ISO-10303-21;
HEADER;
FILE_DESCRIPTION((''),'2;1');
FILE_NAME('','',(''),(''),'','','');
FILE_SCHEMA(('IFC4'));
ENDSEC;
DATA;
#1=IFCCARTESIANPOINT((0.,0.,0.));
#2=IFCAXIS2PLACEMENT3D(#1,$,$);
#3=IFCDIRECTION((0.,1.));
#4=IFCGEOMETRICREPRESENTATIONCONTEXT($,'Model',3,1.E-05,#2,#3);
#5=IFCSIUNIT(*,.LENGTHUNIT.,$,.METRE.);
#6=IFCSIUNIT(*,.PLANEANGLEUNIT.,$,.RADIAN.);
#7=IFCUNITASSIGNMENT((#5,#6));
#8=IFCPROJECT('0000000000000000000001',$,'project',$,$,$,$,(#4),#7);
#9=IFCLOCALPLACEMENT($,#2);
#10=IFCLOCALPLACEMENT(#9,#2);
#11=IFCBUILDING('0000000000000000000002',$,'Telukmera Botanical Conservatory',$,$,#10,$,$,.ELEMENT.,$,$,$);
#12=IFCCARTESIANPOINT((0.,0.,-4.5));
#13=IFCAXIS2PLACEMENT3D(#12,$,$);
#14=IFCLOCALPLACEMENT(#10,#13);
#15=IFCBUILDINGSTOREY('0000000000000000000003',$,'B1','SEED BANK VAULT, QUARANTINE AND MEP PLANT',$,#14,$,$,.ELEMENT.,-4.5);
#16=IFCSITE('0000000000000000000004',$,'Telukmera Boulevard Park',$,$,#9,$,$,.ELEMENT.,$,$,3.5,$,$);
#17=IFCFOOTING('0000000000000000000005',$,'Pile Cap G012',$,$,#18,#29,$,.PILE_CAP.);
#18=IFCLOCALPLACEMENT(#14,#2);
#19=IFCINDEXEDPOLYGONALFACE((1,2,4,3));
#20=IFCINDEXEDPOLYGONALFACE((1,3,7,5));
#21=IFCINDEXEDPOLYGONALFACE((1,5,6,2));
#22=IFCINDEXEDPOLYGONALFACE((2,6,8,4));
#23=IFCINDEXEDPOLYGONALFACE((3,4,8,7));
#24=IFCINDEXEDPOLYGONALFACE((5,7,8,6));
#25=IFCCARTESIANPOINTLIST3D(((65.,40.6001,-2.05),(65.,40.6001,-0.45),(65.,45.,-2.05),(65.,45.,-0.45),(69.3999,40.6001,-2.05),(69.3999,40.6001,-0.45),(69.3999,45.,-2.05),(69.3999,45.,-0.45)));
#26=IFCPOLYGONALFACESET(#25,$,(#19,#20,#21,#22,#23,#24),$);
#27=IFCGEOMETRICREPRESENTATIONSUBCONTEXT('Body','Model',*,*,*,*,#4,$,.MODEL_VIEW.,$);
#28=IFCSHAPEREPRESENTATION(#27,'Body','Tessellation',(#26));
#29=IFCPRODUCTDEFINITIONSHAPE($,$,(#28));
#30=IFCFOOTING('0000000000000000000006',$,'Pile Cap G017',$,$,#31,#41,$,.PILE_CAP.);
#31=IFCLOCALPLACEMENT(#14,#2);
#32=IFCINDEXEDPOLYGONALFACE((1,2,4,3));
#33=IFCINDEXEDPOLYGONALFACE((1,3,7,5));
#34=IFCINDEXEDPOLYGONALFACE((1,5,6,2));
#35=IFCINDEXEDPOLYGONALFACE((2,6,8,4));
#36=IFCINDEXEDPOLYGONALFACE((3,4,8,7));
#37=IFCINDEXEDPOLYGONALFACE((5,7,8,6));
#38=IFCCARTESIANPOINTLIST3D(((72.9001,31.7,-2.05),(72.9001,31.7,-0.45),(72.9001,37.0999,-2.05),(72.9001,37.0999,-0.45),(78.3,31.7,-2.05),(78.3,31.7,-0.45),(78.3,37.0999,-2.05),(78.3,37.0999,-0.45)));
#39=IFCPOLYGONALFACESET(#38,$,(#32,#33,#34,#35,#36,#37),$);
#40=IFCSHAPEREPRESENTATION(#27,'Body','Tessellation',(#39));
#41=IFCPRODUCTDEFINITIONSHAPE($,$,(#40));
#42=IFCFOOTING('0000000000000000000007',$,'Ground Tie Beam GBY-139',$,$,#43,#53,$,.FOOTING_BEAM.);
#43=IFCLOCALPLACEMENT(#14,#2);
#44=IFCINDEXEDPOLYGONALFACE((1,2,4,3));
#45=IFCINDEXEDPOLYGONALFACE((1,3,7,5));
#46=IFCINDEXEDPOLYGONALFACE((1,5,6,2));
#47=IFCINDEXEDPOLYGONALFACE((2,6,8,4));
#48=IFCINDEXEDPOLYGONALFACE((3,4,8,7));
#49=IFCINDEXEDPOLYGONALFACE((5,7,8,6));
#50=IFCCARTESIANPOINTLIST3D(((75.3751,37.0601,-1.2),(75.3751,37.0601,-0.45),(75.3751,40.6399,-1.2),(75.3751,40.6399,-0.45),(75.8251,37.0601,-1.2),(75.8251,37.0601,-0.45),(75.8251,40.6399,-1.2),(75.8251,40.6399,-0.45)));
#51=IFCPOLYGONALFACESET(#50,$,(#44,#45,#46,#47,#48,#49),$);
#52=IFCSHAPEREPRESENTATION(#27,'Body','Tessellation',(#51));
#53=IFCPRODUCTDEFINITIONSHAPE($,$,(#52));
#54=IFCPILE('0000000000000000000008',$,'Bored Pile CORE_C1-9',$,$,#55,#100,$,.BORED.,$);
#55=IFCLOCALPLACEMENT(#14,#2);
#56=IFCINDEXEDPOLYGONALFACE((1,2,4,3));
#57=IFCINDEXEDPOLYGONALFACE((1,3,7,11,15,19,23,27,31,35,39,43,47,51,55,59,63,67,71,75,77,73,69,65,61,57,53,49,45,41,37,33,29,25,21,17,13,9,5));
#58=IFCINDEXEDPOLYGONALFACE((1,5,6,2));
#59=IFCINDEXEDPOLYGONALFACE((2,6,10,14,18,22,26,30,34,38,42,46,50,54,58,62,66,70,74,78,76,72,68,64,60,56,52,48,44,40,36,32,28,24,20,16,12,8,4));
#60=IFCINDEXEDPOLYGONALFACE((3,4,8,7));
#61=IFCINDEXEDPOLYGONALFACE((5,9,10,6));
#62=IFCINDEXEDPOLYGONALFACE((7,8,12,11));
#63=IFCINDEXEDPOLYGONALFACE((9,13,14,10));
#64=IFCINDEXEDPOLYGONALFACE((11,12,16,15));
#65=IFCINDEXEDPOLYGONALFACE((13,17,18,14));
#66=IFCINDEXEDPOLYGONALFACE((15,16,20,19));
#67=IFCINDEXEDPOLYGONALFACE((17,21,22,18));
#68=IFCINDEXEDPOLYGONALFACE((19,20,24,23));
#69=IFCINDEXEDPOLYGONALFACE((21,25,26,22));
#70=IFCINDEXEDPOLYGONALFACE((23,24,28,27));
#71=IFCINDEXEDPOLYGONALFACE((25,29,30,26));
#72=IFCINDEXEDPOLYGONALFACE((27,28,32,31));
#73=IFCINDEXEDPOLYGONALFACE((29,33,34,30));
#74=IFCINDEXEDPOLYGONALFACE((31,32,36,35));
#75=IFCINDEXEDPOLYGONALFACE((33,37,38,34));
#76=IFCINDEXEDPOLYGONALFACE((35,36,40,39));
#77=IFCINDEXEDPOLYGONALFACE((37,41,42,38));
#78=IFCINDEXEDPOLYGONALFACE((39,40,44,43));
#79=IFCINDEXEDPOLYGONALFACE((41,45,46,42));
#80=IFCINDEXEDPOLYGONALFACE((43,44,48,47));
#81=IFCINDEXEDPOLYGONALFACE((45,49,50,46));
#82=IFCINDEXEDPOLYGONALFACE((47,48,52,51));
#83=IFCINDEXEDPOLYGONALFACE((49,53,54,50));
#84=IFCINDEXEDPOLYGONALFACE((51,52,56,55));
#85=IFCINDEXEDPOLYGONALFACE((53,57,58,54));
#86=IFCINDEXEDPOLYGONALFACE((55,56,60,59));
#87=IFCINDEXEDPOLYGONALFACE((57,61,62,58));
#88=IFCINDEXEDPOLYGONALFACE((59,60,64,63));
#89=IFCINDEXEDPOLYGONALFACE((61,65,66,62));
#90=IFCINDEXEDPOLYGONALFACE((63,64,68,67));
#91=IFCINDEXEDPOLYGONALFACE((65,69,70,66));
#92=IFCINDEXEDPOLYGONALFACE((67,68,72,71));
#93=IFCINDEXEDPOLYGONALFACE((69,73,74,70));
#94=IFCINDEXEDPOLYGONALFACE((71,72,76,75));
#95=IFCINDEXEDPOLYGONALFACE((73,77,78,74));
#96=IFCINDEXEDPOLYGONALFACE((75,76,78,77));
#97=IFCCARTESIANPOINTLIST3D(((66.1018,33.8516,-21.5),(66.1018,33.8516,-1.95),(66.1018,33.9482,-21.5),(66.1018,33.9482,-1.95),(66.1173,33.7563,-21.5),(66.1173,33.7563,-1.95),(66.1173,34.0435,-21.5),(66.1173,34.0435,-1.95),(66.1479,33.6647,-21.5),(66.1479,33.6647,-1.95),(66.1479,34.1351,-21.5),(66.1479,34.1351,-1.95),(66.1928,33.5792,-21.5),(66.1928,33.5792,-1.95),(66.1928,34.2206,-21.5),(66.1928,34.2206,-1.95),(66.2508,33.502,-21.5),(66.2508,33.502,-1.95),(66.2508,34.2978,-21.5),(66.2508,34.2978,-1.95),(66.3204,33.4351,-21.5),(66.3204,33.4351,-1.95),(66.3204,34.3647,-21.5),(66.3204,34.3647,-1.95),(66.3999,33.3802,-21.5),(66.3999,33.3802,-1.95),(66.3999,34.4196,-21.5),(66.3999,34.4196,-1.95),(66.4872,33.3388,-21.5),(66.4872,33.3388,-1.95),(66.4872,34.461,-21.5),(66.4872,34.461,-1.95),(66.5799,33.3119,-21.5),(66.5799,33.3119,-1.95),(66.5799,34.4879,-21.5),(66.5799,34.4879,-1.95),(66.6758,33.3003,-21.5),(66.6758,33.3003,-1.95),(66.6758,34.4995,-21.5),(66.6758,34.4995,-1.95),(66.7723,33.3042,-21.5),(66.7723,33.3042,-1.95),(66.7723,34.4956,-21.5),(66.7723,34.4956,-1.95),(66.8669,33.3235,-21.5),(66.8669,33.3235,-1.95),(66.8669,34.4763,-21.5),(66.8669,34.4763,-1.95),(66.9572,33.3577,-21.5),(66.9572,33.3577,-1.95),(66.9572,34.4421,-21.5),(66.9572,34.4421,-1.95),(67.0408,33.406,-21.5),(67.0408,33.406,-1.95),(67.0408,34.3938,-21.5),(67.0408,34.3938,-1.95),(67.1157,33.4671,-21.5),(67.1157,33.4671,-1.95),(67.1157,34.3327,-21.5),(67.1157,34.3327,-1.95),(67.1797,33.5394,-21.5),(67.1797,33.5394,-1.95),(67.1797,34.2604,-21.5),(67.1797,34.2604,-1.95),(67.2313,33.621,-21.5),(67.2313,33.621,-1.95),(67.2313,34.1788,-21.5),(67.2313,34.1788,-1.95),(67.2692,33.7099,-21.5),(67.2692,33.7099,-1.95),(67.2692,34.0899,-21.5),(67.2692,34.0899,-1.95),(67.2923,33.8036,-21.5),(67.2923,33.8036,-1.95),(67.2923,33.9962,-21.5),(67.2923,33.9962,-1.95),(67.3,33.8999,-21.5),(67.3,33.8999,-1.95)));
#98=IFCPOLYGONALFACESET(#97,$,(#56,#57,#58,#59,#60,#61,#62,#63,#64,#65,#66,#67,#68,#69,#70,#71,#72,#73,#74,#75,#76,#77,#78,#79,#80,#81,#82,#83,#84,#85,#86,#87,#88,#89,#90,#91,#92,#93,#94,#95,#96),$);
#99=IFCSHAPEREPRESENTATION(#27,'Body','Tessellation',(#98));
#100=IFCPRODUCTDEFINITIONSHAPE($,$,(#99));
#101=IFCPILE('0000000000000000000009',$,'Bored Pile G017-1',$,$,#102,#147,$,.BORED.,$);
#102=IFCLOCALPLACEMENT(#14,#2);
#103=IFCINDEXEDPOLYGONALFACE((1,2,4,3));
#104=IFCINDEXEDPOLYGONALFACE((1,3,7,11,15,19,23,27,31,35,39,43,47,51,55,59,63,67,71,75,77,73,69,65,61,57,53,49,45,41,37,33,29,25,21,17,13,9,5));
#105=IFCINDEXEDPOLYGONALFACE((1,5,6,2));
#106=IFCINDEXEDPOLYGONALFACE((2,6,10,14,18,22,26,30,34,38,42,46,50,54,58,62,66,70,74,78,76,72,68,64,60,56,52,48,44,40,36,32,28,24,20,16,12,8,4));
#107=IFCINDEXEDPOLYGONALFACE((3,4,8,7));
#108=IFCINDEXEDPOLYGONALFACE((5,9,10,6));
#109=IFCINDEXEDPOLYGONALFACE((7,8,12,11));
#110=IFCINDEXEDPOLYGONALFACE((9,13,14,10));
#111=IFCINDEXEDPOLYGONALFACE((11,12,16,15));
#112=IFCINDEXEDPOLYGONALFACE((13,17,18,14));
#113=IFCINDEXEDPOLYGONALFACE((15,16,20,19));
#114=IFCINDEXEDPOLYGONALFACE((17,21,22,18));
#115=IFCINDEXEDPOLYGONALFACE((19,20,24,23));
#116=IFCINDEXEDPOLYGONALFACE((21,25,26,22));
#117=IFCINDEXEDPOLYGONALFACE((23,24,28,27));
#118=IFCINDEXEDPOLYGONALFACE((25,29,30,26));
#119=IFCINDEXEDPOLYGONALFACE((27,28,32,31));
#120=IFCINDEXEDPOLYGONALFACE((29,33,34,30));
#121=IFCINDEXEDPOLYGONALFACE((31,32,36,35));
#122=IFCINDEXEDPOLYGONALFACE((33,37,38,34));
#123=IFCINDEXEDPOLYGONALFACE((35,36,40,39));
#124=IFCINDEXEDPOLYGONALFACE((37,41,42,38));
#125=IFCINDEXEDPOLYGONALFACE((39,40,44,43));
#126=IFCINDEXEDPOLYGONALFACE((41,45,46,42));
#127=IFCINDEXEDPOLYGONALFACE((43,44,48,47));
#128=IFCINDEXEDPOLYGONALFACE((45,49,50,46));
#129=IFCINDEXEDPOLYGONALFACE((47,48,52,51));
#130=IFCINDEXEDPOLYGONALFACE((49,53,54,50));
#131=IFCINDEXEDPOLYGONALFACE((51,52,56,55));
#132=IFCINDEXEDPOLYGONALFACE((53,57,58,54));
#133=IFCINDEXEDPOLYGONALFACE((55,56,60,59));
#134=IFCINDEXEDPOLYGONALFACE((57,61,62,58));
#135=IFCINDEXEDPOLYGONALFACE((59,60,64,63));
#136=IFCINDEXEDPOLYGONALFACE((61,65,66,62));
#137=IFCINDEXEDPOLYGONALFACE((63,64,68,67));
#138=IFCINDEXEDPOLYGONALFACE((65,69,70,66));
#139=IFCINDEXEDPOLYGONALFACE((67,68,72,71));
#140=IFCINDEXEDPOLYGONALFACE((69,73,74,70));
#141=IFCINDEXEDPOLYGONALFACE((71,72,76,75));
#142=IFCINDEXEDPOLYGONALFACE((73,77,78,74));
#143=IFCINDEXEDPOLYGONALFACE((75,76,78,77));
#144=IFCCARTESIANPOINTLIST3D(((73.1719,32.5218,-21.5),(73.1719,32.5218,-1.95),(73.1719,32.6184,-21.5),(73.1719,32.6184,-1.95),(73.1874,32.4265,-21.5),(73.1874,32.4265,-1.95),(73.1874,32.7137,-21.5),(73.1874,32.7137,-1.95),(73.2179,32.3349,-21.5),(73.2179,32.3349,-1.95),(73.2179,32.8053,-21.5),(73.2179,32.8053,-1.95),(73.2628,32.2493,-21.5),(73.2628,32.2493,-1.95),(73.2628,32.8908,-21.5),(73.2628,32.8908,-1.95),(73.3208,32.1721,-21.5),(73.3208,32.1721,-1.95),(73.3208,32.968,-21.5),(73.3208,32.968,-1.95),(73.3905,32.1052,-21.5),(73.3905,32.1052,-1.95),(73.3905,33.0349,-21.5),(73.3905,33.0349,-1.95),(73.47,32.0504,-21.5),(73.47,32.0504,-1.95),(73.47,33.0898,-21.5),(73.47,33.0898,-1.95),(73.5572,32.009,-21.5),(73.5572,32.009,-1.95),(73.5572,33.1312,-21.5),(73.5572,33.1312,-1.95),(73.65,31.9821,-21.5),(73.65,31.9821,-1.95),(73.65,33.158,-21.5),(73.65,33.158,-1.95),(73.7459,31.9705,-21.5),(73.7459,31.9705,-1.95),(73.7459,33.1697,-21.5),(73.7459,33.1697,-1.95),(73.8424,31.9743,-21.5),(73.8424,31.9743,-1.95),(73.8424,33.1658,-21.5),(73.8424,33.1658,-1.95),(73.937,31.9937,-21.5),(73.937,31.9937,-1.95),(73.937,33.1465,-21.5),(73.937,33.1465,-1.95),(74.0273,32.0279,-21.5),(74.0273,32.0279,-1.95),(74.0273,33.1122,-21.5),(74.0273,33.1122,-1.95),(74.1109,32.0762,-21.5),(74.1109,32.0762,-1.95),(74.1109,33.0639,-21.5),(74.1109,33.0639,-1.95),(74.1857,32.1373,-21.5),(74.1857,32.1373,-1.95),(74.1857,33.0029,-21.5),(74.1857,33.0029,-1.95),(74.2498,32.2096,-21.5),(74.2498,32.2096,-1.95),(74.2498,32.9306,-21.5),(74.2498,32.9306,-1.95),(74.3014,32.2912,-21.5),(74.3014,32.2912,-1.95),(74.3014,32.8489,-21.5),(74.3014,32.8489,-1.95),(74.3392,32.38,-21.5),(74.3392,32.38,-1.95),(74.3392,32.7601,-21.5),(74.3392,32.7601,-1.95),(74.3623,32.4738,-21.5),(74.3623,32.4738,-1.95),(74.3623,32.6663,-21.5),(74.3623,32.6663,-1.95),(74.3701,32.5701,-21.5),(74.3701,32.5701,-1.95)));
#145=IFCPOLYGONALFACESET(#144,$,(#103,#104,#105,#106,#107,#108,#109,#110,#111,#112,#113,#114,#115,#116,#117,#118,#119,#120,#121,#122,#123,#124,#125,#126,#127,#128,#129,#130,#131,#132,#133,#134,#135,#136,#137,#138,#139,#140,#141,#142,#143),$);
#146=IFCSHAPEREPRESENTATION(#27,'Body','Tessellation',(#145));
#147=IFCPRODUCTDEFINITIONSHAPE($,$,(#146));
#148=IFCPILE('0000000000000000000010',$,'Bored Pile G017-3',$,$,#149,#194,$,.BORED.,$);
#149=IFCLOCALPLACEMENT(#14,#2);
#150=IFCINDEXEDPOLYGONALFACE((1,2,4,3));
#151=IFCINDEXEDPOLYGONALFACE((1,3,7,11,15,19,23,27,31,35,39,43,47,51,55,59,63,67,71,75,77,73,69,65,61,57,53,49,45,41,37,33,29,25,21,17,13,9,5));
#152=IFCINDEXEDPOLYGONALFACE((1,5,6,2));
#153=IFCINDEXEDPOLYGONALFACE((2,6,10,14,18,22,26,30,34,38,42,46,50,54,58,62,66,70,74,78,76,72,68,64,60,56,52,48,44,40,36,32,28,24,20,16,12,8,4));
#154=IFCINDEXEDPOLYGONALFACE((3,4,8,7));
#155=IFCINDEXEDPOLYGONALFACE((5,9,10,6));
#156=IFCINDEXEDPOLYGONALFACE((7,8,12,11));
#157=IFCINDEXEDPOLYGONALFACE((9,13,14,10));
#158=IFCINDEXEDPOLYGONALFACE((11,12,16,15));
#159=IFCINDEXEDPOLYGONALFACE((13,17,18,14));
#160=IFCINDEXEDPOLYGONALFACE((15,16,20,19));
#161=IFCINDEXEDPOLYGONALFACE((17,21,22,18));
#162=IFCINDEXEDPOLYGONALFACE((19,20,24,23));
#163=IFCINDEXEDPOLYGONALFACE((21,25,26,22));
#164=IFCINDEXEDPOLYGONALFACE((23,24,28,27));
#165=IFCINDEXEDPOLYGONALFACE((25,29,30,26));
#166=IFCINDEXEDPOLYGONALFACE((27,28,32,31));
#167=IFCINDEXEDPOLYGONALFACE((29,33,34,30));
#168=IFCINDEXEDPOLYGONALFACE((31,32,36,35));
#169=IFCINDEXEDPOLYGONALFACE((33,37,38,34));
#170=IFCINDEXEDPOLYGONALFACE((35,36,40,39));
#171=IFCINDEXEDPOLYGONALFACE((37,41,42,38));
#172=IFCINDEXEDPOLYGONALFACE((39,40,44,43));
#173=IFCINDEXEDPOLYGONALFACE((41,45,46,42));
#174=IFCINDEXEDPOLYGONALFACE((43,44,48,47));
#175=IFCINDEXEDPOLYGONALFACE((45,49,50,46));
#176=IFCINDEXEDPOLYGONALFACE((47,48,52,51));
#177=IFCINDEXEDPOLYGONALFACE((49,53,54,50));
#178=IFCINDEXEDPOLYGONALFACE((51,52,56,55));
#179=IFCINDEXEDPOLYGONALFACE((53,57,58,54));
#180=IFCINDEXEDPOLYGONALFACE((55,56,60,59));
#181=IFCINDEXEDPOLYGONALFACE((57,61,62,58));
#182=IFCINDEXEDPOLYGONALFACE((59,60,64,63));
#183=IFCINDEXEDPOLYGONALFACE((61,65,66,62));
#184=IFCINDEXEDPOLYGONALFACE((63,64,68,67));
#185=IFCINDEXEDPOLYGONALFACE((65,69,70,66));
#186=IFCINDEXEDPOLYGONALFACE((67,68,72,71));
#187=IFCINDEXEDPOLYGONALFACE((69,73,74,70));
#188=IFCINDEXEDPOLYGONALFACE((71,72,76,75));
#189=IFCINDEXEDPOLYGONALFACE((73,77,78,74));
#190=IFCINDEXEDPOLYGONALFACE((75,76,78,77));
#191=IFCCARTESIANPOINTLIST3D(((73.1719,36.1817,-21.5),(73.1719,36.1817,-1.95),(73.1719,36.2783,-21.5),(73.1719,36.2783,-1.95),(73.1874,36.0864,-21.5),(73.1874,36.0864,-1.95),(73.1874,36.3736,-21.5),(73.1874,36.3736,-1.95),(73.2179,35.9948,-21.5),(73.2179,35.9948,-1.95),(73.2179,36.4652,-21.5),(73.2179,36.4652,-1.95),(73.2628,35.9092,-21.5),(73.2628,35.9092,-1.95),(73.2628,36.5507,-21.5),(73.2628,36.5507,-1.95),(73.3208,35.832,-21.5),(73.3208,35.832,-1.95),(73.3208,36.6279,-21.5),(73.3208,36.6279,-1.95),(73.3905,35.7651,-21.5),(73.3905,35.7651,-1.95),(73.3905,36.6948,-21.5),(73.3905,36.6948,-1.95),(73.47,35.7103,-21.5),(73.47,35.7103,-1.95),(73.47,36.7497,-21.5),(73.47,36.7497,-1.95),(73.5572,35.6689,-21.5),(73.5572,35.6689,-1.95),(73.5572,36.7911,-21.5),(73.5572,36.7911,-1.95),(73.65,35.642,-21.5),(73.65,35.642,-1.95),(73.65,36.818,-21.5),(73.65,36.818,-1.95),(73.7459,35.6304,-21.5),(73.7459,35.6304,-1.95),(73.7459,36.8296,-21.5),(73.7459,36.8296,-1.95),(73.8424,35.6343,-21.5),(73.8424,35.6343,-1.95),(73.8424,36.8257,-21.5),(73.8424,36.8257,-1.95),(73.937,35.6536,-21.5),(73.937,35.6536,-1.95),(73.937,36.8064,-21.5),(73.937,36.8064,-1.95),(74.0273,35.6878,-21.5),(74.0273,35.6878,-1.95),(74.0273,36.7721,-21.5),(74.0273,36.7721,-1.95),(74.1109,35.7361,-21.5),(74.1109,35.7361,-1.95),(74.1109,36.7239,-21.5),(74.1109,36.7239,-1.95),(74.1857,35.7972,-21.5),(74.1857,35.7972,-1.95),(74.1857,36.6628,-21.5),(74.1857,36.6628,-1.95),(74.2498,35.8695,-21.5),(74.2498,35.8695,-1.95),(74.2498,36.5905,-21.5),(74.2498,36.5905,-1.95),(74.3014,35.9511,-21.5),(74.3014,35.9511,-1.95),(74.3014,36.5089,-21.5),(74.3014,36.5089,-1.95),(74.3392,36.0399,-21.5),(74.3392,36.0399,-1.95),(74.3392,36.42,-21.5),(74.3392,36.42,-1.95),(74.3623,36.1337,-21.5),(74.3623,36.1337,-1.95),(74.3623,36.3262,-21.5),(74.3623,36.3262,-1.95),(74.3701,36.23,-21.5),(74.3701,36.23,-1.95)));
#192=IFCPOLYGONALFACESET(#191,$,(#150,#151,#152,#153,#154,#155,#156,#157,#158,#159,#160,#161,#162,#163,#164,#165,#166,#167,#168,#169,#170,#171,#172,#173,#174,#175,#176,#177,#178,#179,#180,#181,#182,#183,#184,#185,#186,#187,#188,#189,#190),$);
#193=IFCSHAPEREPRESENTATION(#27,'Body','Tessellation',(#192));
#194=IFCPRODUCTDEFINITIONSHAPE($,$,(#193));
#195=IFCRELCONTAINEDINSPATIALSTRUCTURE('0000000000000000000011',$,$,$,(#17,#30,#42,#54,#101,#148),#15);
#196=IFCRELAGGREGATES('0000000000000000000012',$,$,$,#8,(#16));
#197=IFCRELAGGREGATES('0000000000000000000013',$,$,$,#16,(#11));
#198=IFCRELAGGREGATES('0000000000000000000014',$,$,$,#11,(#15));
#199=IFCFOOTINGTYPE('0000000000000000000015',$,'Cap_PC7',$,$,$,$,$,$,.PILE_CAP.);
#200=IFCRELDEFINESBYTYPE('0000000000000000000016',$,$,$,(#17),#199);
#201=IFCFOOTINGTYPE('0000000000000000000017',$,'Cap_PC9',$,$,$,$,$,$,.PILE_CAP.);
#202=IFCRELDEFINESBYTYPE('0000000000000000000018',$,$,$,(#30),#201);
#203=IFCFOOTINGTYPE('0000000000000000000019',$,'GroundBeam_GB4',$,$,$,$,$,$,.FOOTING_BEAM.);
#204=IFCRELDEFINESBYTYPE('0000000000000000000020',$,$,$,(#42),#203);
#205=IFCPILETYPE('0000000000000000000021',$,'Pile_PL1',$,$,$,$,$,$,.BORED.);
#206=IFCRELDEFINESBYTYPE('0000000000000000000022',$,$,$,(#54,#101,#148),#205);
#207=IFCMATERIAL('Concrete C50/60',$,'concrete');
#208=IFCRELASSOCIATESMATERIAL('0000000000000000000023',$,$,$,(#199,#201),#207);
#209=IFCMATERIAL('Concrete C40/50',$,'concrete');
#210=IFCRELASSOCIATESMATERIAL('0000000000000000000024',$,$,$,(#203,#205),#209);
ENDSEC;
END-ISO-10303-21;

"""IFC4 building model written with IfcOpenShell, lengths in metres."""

from ifc_helpers import new_model, si_unit, direction, frame, origin, origin_2d, place, context, subcontext, project, spatial, rectangle, circle, extrude, material, material_profile, profile_set, type_object, element, save


model = new_model("IFC4")

# Units and contexts
model_context = context("Model", 3, precision=1e-05, world=origin(), true_north=direction((0.0, 1.0)))
body_context = subcontext(model_context, "Body", "Model", "MODEL_VIEW")
ifc_project = project(units=[si_unit("LENGTHUNIT", "METRE"), si_unit("PLANEANGLEUNIT", "RADIAN")], contexts=[model_context])

# Site, building, storey
site_placement = place(None, origin())
site = spatial("IfcSite", under=ifc_project, at=site_placement, Name="Telukmera Boulevard Park", CompositionType="ELEMENT", RefElevation=3.5)
building_placement = place(site_placement, origin())
building = spatial("IfcBuilding", under=site, at=building_placement, Name="Telukmera Botanical Conservatory", CompositionType="ELEMENT")
storey_placement = place(building_placement, frame((0.0, 0.0, -4.5)))
storey = spatial("IfcBuildingStorey", under=building, at=storey_placement, Name="B1", Description="SEED BANK VAULT, QUARANTINE AND MEP PLANT", CompositionType="ELEMENT", Elevation=-4.5)

# Footings
ifc_material_1 = material(Name="Concrete C50/60", Category="concrete")
footing_type_1 = type_object("IfcFootingType", Name="Cap_PC7", PredefinedType="PILE_CAP", material=ifc_material_1)
footing_1_placement = place(storey_placement, frame((67.2, 42.8, -2.05), z_axis=(0.0, 0.0, 1.0), x_axis=(1.0, 0.0, 0.0)))
element("IfcFooting", 1, at=footing_1_placement, inside=storey, type_object=footing_type_1, Name="Pile Cap G012", PredefinedType="PILE_CAP", context=body_context, shape_type="SweptSolid", body=[
    extrude(rectangle(XDim=4.3999, YDim=4.3999, at=origin_2d()), origin(), (0.0, 0.0, 1.0), 1.6001),
])
footing_type_2 = type_object("IfcFootingType", Name="Cap_PC9", PredefinedType="PILE_CAP", material=ifc_material_1)
footing_2_placement = place(storey_placement, frame((75.6001, 34.3999, -2.05), z_axis=(0.0, 0.0, 1.0), x_axis=(1.0, 0.0, 0.0)))
element("IfcFooting", 2, at=footing_2_placement, inside=storey, type_object=footing_type_2, Name="Pile Cap G017", PredefinedType="PILE_CAP", context=body_context, shape_type="SweptSolid", body=[
    extrude(rectangle(XDim=5.3999, YDim=5.3999, at=origin_2d()), origin(), (0.0, 0.0, 1.0), 1.6001),
])
ifc_material_2 = material(Name="Concrete C40/50", Category="concrete")
ifc_material_profile_1 = material_profile(ifc_material_2, rectangle(XDim=0.45, YDim=0.75, at=origin_2d()), Name="RC 450x750")
ifc_profile_set_1 = profile_set([ifc_material_profile_1], Name="Concrete C40/50")
footing_type_3 = type_object("IfcFootingType", Name="GroundBeam_GB4", PredefinedType="FOOTING_BEAM", material=ifc_profile_set_1)
footing_3_placement = place(storey_placement, frame((75.6001, 37.0601, -0.825), z_axis=(0.0, 1.0, 0.0), x_axis=(-1.0, 0.0, 0.0)))
element("IfcFooting", 3, at=footing_3_placement, inside=storey, type_object=footing_type_3, Name="Ground Tie Beam GBY-139", PredefinedType="FOOTING_BEAM", context=body_context, shape_type="SweptSolid", body=[
    extrude(rectangle(XDim=0.45, YDim=0.75, at=origin_2d()), origin(), (0.0, 0.0, 1.0), 3.5798),
])

# Piles
ifc_material_profile_2 = material_profile(ifc_material_2, circle(Radius=0.6001, at=origin_2d()), Name="PILE D1200")
ifc_profile_set_2 = profile_set([ifc_material_profile_2], Name="Concrete C40/50")
pile_type_1 = type_object("IfcPileType", Name="Pile_PL1", PredefinedType="BORED", material=ifc_profile_set_2)
for number, where, z_axis, x_axis, name in (
    (4, (66.7, 33.8999, -1.95), (0.0, 0.0, -1.0), (1.0, 0.0, 0.0), "Bored Pile CORE_C1-9"),
    (5, (73.77, 32.5701, -1.95), (0.0, 0.0, -1.0), (1.0, 0.0, 0.0), "Bored Pile G017-1"),
    (6, (73.77, 36.23, -1.95), (0.0, 0.0, -1.0), (1.0, 0.0, 0.0), "Bored Pile G017-3"),
):
    element("IfcPile", number, at=place(storey_placement, frame(where, z_axis=z_axis, x_axis=x_axis)), inside=storey, type_object=pile_type_1, Name=name, PredefinedType="BORED", context=body_context, shape_type="SweptSolid", body=[
        extrude(circle(Radius=0.6001, at=origin_2d()), origin(), (0.0, 0.0, 1.0), 19.55),
    ])

save(model, "model.ifc")
